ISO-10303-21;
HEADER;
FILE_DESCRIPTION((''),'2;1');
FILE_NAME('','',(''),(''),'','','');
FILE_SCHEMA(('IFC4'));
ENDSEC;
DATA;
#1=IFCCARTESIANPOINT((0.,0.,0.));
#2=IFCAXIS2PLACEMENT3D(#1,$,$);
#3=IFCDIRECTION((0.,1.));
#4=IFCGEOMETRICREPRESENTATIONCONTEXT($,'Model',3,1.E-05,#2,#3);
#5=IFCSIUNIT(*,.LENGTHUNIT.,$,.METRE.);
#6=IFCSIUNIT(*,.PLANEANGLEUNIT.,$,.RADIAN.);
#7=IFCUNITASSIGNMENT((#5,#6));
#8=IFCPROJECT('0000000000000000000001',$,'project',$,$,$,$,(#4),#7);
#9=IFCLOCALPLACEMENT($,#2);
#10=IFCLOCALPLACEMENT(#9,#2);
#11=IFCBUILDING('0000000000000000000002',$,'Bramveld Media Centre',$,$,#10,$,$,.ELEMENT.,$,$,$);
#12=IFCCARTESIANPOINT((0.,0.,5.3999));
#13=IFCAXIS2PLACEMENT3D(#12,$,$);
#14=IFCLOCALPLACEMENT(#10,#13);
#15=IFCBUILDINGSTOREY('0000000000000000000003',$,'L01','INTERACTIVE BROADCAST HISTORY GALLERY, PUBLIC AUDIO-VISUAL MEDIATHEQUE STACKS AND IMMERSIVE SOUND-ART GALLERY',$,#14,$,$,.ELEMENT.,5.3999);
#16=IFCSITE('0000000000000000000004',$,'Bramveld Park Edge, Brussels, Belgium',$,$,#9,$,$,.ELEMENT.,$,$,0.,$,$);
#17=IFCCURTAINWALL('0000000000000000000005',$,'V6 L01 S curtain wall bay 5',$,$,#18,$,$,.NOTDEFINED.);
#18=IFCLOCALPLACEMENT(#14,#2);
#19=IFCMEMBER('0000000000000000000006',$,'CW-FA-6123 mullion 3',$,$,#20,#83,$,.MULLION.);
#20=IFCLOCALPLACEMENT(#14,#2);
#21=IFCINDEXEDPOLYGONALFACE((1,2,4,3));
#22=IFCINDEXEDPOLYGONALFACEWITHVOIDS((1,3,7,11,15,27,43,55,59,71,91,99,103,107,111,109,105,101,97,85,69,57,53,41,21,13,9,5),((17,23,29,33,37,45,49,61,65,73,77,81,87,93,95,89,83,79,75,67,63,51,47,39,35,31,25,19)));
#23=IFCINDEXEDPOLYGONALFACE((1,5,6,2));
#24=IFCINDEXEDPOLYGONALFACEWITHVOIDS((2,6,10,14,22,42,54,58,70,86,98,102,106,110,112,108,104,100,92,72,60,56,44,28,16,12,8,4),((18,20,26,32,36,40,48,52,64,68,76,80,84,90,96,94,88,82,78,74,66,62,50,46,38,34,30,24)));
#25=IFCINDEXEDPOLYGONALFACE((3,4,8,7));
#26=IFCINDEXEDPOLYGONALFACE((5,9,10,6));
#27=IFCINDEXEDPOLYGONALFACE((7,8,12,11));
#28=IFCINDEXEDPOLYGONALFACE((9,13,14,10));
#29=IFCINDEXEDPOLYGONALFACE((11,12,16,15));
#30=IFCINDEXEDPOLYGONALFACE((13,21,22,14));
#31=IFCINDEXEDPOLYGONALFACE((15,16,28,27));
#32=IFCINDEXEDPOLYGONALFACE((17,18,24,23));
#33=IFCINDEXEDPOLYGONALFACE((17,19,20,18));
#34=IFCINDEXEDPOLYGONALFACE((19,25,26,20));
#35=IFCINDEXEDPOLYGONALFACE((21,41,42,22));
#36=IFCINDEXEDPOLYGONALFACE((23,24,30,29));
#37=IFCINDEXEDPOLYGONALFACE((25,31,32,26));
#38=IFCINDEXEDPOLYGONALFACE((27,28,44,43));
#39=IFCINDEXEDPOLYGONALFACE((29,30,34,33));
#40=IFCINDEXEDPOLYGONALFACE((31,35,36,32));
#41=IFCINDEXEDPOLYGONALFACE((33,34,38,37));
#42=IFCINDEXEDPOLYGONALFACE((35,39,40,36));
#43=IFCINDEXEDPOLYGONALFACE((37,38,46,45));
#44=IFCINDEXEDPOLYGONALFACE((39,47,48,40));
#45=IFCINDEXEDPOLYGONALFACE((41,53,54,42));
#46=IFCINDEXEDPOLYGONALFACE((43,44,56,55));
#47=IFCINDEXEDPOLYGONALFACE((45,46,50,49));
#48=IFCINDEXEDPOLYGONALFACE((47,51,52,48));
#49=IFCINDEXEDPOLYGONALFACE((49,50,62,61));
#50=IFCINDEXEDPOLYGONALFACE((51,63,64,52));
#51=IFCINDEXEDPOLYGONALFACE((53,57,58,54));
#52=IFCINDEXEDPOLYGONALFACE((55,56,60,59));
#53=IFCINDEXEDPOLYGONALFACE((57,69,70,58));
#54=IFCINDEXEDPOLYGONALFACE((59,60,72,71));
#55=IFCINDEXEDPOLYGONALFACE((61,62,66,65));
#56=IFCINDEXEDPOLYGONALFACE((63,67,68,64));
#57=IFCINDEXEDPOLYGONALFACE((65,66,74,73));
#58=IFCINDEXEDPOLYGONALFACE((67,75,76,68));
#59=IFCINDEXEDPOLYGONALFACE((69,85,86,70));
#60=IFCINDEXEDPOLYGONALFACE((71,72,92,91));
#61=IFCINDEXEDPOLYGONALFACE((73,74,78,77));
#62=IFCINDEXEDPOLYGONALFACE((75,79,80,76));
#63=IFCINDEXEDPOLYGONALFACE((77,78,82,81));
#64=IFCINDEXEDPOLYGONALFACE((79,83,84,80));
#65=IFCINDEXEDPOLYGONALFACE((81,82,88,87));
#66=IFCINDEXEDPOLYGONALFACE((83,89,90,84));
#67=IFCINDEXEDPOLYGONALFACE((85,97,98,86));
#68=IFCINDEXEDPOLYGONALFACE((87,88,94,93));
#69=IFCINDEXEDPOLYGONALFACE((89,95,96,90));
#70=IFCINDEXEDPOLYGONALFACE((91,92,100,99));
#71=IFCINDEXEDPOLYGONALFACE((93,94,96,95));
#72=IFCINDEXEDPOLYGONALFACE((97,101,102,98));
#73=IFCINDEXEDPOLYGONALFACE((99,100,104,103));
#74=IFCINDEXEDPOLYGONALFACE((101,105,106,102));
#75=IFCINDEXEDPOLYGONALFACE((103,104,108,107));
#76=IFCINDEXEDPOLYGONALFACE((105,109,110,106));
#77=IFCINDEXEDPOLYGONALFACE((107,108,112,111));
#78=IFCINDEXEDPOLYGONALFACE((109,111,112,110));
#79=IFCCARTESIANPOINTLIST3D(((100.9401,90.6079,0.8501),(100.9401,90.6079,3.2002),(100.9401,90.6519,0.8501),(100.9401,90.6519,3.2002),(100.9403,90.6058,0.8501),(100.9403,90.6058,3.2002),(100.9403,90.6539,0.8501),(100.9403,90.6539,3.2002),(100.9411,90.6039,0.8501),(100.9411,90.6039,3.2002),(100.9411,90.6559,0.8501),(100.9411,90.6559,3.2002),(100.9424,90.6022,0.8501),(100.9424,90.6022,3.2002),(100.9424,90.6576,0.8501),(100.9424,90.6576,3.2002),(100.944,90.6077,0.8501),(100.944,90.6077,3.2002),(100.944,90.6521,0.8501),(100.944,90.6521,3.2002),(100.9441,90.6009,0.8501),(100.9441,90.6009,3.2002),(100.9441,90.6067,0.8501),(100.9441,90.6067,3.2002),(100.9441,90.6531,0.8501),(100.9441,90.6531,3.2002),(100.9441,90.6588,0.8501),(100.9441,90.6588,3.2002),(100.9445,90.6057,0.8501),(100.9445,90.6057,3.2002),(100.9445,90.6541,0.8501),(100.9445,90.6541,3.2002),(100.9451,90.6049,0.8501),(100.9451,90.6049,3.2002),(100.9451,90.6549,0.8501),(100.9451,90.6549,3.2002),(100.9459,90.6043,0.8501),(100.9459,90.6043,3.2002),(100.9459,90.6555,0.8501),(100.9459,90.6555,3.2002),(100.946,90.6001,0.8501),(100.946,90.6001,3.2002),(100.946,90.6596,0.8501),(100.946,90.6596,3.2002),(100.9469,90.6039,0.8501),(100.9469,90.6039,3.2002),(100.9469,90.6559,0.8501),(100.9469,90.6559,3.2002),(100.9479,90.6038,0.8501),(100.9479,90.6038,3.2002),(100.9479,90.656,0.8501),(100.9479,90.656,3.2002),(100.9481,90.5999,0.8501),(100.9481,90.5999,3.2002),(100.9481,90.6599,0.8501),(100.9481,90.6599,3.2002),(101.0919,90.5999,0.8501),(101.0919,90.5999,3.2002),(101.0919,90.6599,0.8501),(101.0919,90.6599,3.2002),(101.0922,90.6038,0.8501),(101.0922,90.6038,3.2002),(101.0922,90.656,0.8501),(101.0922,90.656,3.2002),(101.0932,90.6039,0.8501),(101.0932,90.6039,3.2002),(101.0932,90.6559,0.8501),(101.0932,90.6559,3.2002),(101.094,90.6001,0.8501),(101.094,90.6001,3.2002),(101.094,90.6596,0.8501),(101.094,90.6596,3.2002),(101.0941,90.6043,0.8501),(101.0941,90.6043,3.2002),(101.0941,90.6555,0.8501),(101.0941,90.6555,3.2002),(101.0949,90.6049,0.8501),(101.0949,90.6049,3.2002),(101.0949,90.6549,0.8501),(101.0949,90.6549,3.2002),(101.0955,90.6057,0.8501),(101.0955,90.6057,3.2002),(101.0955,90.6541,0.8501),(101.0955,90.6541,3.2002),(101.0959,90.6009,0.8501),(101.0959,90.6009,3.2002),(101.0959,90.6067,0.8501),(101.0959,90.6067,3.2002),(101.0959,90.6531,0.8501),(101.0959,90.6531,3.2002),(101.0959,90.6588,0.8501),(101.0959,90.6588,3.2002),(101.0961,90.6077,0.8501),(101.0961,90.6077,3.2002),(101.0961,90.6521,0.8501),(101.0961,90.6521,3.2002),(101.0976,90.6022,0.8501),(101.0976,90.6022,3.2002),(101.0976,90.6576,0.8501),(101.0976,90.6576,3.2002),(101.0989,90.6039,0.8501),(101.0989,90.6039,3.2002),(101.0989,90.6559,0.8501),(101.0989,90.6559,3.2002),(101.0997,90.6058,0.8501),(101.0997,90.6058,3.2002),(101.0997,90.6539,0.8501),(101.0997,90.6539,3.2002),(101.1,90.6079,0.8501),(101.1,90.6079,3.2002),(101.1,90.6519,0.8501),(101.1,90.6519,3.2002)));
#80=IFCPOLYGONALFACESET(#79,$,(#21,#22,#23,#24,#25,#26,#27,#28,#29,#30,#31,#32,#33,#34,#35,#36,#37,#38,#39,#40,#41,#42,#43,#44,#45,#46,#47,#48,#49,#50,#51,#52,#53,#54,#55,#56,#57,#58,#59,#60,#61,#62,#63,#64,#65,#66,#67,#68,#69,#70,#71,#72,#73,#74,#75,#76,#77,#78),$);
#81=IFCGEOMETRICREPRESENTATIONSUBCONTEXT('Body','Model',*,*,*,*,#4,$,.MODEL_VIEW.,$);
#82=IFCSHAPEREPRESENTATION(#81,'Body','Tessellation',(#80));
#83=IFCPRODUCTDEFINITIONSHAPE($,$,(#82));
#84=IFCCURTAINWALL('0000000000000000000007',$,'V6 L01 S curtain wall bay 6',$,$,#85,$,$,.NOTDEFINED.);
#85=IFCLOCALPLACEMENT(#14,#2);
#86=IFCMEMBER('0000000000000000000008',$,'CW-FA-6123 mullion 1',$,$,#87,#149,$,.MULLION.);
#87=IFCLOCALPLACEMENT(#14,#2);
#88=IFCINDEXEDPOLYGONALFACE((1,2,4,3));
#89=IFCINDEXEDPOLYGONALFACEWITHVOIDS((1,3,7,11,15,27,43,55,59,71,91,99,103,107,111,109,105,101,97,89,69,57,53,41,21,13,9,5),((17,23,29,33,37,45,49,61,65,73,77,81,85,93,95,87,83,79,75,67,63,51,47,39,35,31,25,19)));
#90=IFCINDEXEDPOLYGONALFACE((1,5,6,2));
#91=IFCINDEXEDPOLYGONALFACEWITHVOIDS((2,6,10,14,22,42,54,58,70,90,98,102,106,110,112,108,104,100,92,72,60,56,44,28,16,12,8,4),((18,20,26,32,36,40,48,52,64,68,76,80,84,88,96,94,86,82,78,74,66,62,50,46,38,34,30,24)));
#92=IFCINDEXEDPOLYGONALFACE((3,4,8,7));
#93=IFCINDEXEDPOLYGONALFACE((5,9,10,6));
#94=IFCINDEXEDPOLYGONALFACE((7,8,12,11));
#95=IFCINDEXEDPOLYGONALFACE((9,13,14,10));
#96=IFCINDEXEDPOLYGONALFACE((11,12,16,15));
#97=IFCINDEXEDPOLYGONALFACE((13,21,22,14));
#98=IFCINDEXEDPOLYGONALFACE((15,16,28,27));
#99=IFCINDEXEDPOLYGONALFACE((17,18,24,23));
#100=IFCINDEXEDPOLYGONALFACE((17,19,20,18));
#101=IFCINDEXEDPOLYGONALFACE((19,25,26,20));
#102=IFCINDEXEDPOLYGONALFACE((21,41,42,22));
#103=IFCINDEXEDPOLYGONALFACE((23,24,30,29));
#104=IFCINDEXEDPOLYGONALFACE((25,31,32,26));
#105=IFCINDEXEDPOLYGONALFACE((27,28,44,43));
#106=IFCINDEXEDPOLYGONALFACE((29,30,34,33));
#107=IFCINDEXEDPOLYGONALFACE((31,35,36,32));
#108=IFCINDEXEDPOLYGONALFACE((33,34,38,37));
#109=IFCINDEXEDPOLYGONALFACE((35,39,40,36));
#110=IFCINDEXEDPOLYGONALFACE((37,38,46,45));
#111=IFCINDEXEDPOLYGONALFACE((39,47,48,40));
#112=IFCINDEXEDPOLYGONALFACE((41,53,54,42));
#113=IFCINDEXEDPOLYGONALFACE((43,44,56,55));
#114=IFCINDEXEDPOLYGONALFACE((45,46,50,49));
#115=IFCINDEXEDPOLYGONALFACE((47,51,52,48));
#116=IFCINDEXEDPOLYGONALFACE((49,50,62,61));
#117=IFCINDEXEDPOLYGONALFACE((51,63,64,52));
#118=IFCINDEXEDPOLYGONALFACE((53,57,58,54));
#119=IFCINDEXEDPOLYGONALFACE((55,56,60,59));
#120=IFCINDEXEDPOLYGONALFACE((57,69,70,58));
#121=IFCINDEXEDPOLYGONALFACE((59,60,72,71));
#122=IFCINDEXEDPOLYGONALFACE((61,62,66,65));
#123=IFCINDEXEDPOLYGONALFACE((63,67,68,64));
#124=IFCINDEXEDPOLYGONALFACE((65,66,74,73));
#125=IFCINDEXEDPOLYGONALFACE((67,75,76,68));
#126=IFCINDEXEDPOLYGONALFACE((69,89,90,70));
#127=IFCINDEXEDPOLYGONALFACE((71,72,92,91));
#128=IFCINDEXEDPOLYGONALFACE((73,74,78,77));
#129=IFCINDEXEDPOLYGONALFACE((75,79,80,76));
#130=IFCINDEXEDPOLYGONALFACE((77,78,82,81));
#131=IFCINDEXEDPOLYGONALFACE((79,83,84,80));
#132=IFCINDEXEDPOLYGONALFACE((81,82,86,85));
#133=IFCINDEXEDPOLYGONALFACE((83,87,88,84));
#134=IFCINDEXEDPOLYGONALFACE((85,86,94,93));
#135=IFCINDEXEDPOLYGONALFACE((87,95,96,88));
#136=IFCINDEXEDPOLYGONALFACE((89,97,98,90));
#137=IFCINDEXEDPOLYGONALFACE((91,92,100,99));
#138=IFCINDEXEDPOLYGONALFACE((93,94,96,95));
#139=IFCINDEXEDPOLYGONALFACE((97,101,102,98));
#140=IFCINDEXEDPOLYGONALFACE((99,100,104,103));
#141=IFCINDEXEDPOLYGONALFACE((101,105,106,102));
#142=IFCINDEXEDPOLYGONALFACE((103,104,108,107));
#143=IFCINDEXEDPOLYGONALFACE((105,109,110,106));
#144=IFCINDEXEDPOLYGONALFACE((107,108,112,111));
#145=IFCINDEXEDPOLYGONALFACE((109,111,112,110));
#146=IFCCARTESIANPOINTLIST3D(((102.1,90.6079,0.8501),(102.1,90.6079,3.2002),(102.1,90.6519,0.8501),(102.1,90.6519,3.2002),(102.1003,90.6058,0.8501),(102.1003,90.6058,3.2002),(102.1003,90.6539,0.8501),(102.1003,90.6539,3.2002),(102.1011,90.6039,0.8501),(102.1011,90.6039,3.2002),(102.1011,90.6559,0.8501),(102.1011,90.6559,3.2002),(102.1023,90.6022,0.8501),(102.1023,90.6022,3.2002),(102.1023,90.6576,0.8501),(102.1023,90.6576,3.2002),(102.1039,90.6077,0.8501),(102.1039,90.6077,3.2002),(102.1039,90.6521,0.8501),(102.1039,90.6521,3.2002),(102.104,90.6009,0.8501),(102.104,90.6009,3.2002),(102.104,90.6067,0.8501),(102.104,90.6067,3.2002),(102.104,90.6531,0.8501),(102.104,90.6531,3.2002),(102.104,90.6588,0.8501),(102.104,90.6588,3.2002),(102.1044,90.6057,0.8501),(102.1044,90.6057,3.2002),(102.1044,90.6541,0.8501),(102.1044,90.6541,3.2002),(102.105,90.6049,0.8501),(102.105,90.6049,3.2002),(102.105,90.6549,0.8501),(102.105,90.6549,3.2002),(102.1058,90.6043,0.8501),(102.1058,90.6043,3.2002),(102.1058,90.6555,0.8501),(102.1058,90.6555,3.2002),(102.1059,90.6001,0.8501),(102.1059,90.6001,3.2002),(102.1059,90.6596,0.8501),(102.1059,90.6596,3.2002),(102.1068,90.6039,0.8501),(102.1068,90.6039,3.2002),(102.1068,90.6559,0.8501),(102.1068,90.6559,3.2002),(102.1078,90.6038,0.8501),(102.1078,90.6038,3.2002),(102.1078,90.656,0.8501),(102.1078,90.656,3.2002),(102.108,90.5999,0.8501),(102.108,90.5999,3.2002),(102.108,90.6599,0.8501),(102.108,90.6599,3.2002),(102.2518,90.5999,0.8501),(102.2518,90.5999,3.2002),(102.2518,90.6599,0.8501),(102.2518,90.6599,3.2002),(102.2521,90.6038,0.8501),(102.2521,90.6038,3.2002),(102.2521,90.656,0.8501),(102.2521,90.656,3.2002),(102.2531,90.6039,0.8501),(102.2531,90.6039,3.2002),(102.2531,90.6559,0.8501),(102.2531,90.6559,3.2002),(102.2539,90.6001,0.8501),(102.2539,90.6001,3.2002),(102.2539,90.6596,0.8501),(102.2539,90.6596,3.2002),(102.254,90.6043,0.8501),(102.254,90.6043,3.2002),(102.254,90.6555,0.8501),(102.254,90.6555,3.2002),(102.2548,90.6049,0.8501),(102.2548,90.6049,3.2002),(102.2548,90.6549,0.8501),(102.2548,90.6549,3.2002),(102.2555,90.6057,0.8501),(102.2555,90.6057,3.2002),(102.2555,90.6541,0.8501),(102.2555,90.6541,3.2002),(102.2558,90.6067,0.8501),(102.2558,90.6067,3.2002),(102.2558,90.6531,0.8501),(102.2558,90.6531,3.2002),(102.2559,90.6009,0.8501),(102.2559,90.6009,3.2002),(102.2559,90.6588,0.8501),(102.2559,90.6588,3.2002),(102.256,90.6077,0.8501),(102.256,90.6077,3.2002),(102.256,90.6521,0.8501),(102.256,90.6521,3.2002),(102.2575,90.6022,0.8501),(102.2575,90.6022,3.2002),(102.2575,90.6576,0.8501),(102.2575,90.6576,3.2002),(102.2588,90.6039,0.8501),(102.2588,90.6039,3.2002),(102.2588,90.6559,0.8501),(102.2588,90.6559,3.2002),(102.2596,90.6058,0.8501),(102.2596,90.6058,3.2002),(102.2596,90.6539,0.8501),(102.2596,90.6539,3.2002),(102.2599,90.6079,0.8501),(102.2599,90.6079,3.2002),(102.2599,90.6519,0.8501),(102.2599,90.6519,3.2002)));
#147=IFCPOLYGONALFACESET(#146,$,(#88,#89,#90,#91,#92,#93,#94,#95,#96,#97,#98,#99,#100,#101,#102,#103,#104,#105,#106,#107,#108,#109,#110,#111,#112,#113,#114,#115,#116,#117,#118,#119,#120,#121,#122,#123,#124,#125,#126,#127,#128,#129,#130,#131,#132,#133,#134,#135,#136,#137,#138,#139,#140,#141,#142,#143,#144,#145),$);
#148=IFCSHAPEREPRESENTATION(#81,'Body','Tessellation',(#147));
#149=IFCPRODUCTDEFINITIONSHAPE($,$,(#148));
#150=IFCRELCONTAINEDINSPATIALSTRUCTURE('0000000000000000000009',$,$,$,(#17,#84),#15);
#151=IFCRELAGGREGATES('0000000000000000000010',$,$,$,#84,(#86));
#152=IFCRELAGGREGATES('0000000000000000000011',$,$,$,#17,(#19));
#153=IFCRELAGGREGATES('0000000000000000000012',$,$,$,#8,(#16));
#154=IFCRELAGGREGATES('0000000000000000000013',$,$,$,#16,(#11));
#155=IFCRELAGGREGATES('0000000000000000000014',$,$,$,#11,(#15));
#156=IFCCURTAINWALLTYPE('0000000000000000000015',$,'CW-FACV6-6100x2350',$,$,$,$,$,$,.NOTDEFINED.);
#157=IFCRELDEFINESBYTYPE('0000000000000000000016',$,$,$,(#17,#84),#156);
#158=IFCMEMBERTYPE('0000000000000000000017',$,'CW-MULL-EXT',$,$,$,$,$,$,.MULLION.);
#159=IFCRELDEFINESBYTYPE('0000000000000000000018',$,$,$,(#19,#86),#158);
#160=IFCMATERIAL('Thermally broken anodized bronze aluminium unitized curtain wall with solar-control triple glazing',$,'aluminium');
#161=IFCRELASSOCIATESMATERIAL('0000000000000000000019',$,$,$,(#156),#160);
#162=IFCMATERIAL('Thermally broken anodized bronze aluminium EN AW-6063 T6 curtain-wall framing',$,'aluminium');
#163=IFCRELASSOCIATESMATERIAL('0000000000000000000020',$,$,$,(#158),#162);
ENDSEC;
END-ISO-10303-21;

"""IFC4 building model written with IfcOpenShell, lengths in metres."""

from ifc_helpers import new_model, si_unit, direction, frame, origin, origin_2d, place, context, subcontext, project, spatial, hollow_rectangle, extrude, material, material_profile, profile_set, type_object, element, aggregate, save


model = new_model("IFC4")

# Units and contexts
model_context = context("Model", 3, precision=1e-05, world=origin(), true_north=direction((0.0, 1.0)))
body_context = subcontext(model_context, "Body", "Model", "MODEL_VIEW")
ifc_project = project(units=[si_unit("LENGTHUNIT", "METRE"), si_unit("PLANEANGLEUNIT", "RADIAN")], contexts=[model_context])

# Site, building, storey
site_placement = place(None, origin())
site = spatial("IfcSite", under=ifc_project, at=site_placement, Name="Bramveld Park Edge, Brussels, Belgium", CompositionType="ELEMENT", RefElevation=0.0)
building_placement = place(site_placement, origin())
building = spatial("IfcBuilding", under=site, at=building_placement, Name="Bramveld Media Centre", CompositionType="ELEMENT")
storey_placement = place(building_placement, frame((0.0, 0.0, 5.3999)))
storey = spatial("IfcBuildingStorey", under=building, at=storey_placement, Name="L01", Description="INTERACTIVE BROADCAST HISTORY GALLERY, PUBLIC AUDIO-VISUAL MEDIATHEQUE STACKS AND IMMERSIVE SOUND-ART GALLERY", CompositionType="ELEMENT", Elevation=5.3999)

# Curtain wall, member
ifc_material_1 = material(Name="Thermally broken anodized bronze aluminium unitized curtain wall with solar-control triple glazing", Category="aluminium")
curtain_wall_type = type_object("IfcCurtainWallType", Name="CW-FACV6-6100x2350", PredefinedType="NOTDEFINED", material=ifc_material_1)
curtain_wall_1_placement = place(storey_placement, origin())
curtain_wall_1 = element("IfcCurtainWall", 1, at=curtain_wall_1_placement, inside=storey, type_object=curtain_wall_type, Name="V6 L01 S curtain wall bay 5", PredefinedType="NOTDEFINED")
ifc_material_2 = material(Name="Thermally broken anodized bronze aluminium EN AW-6063 T6 curtain-wall framing", Category="aluminium")
ifc_material_profile_1 = material_profile(ifc_material_2, hollow_rectangle(XDim=0.0601, YDim=0.1599, WallThickness=0.0039, InnerFilletRadius=0.0039, OuterFilletRadius=0.0081, at=origin_2d()), Name="AL-MULL 60x160")
ifc_profile_set_1 = profile_set([ifc_material_profile_1], Name="Thermally broken anodized bronze aluminium EN AW-6063 T6 curtain-wall framing")
member_type_1 = type_object("IfcMemberType", Name="CW-MULL-EXT", PredefinedType="MULLION", material=ifc_profile_set_1)
member_1_placement = place(storey_placement, frame((101.02, 90.6299, 0.8501), z_axis=(0.0, 0.0, 1.0), x_axis=(0.0, 1.0, 0.0)))
member_1 = element("IfcMember", 2, at=member_1_placement, type_object=member_type_1, Name="CW-FA-6123 mullion 3", PredefinedType="MULLION", context=body_context, shape_type="SweptSolid", body=[
    extrude(hollow_rectangle(XDim=0.0601, YDim=0.1599, WallThickness=0.0039, InnerFilletRadius=0.0039, OuterFilletRadius=0.0081, at=origin_2d()), origin(), (0.0, 0.0, 1.0), 2.3501),
])

# Curtain wall, member
curtain_wall_2_placement = place(storey_placement, origin())
curtain_wall_2 = element("IfcCurtainWall", 3, at=curtain_wall_2_placement, inside=storey, type_object=curtain_wall_type, Name="V6 L01 S curtain wall bay 6", PredefinedType="NOTDEFINED")
member_2_placement = place(storey_placement, frame((102.1799, 90.6299, 0.8501), z_axis=(0.0, 0.0, 1.0), x_axis=(0.0, 1.0, 0.0)))
member_2 = element("IfcMember", 4, at=member_2_placement, type_object=member_type_1, Name="CW-FA-6123 mullion 1", PredefinedType="MULLION", context=body_context, shape_type="SweptSolid", body=[
    extrude(hollow_rectangle(XDim=0.0601, YDim=0.1599, WallThickness=0.0039, InnerFilletRadius=0.0039, OuterFilletRadius=0.0081, at=origin_2d()), origin(), (0.0, 0.0, 1.0), 2.3501),
])

aggregate(curtain_wall_2, [member_2])

aggregate(curtain_wall_1, [member_1])

save(model, "model.ifc")
